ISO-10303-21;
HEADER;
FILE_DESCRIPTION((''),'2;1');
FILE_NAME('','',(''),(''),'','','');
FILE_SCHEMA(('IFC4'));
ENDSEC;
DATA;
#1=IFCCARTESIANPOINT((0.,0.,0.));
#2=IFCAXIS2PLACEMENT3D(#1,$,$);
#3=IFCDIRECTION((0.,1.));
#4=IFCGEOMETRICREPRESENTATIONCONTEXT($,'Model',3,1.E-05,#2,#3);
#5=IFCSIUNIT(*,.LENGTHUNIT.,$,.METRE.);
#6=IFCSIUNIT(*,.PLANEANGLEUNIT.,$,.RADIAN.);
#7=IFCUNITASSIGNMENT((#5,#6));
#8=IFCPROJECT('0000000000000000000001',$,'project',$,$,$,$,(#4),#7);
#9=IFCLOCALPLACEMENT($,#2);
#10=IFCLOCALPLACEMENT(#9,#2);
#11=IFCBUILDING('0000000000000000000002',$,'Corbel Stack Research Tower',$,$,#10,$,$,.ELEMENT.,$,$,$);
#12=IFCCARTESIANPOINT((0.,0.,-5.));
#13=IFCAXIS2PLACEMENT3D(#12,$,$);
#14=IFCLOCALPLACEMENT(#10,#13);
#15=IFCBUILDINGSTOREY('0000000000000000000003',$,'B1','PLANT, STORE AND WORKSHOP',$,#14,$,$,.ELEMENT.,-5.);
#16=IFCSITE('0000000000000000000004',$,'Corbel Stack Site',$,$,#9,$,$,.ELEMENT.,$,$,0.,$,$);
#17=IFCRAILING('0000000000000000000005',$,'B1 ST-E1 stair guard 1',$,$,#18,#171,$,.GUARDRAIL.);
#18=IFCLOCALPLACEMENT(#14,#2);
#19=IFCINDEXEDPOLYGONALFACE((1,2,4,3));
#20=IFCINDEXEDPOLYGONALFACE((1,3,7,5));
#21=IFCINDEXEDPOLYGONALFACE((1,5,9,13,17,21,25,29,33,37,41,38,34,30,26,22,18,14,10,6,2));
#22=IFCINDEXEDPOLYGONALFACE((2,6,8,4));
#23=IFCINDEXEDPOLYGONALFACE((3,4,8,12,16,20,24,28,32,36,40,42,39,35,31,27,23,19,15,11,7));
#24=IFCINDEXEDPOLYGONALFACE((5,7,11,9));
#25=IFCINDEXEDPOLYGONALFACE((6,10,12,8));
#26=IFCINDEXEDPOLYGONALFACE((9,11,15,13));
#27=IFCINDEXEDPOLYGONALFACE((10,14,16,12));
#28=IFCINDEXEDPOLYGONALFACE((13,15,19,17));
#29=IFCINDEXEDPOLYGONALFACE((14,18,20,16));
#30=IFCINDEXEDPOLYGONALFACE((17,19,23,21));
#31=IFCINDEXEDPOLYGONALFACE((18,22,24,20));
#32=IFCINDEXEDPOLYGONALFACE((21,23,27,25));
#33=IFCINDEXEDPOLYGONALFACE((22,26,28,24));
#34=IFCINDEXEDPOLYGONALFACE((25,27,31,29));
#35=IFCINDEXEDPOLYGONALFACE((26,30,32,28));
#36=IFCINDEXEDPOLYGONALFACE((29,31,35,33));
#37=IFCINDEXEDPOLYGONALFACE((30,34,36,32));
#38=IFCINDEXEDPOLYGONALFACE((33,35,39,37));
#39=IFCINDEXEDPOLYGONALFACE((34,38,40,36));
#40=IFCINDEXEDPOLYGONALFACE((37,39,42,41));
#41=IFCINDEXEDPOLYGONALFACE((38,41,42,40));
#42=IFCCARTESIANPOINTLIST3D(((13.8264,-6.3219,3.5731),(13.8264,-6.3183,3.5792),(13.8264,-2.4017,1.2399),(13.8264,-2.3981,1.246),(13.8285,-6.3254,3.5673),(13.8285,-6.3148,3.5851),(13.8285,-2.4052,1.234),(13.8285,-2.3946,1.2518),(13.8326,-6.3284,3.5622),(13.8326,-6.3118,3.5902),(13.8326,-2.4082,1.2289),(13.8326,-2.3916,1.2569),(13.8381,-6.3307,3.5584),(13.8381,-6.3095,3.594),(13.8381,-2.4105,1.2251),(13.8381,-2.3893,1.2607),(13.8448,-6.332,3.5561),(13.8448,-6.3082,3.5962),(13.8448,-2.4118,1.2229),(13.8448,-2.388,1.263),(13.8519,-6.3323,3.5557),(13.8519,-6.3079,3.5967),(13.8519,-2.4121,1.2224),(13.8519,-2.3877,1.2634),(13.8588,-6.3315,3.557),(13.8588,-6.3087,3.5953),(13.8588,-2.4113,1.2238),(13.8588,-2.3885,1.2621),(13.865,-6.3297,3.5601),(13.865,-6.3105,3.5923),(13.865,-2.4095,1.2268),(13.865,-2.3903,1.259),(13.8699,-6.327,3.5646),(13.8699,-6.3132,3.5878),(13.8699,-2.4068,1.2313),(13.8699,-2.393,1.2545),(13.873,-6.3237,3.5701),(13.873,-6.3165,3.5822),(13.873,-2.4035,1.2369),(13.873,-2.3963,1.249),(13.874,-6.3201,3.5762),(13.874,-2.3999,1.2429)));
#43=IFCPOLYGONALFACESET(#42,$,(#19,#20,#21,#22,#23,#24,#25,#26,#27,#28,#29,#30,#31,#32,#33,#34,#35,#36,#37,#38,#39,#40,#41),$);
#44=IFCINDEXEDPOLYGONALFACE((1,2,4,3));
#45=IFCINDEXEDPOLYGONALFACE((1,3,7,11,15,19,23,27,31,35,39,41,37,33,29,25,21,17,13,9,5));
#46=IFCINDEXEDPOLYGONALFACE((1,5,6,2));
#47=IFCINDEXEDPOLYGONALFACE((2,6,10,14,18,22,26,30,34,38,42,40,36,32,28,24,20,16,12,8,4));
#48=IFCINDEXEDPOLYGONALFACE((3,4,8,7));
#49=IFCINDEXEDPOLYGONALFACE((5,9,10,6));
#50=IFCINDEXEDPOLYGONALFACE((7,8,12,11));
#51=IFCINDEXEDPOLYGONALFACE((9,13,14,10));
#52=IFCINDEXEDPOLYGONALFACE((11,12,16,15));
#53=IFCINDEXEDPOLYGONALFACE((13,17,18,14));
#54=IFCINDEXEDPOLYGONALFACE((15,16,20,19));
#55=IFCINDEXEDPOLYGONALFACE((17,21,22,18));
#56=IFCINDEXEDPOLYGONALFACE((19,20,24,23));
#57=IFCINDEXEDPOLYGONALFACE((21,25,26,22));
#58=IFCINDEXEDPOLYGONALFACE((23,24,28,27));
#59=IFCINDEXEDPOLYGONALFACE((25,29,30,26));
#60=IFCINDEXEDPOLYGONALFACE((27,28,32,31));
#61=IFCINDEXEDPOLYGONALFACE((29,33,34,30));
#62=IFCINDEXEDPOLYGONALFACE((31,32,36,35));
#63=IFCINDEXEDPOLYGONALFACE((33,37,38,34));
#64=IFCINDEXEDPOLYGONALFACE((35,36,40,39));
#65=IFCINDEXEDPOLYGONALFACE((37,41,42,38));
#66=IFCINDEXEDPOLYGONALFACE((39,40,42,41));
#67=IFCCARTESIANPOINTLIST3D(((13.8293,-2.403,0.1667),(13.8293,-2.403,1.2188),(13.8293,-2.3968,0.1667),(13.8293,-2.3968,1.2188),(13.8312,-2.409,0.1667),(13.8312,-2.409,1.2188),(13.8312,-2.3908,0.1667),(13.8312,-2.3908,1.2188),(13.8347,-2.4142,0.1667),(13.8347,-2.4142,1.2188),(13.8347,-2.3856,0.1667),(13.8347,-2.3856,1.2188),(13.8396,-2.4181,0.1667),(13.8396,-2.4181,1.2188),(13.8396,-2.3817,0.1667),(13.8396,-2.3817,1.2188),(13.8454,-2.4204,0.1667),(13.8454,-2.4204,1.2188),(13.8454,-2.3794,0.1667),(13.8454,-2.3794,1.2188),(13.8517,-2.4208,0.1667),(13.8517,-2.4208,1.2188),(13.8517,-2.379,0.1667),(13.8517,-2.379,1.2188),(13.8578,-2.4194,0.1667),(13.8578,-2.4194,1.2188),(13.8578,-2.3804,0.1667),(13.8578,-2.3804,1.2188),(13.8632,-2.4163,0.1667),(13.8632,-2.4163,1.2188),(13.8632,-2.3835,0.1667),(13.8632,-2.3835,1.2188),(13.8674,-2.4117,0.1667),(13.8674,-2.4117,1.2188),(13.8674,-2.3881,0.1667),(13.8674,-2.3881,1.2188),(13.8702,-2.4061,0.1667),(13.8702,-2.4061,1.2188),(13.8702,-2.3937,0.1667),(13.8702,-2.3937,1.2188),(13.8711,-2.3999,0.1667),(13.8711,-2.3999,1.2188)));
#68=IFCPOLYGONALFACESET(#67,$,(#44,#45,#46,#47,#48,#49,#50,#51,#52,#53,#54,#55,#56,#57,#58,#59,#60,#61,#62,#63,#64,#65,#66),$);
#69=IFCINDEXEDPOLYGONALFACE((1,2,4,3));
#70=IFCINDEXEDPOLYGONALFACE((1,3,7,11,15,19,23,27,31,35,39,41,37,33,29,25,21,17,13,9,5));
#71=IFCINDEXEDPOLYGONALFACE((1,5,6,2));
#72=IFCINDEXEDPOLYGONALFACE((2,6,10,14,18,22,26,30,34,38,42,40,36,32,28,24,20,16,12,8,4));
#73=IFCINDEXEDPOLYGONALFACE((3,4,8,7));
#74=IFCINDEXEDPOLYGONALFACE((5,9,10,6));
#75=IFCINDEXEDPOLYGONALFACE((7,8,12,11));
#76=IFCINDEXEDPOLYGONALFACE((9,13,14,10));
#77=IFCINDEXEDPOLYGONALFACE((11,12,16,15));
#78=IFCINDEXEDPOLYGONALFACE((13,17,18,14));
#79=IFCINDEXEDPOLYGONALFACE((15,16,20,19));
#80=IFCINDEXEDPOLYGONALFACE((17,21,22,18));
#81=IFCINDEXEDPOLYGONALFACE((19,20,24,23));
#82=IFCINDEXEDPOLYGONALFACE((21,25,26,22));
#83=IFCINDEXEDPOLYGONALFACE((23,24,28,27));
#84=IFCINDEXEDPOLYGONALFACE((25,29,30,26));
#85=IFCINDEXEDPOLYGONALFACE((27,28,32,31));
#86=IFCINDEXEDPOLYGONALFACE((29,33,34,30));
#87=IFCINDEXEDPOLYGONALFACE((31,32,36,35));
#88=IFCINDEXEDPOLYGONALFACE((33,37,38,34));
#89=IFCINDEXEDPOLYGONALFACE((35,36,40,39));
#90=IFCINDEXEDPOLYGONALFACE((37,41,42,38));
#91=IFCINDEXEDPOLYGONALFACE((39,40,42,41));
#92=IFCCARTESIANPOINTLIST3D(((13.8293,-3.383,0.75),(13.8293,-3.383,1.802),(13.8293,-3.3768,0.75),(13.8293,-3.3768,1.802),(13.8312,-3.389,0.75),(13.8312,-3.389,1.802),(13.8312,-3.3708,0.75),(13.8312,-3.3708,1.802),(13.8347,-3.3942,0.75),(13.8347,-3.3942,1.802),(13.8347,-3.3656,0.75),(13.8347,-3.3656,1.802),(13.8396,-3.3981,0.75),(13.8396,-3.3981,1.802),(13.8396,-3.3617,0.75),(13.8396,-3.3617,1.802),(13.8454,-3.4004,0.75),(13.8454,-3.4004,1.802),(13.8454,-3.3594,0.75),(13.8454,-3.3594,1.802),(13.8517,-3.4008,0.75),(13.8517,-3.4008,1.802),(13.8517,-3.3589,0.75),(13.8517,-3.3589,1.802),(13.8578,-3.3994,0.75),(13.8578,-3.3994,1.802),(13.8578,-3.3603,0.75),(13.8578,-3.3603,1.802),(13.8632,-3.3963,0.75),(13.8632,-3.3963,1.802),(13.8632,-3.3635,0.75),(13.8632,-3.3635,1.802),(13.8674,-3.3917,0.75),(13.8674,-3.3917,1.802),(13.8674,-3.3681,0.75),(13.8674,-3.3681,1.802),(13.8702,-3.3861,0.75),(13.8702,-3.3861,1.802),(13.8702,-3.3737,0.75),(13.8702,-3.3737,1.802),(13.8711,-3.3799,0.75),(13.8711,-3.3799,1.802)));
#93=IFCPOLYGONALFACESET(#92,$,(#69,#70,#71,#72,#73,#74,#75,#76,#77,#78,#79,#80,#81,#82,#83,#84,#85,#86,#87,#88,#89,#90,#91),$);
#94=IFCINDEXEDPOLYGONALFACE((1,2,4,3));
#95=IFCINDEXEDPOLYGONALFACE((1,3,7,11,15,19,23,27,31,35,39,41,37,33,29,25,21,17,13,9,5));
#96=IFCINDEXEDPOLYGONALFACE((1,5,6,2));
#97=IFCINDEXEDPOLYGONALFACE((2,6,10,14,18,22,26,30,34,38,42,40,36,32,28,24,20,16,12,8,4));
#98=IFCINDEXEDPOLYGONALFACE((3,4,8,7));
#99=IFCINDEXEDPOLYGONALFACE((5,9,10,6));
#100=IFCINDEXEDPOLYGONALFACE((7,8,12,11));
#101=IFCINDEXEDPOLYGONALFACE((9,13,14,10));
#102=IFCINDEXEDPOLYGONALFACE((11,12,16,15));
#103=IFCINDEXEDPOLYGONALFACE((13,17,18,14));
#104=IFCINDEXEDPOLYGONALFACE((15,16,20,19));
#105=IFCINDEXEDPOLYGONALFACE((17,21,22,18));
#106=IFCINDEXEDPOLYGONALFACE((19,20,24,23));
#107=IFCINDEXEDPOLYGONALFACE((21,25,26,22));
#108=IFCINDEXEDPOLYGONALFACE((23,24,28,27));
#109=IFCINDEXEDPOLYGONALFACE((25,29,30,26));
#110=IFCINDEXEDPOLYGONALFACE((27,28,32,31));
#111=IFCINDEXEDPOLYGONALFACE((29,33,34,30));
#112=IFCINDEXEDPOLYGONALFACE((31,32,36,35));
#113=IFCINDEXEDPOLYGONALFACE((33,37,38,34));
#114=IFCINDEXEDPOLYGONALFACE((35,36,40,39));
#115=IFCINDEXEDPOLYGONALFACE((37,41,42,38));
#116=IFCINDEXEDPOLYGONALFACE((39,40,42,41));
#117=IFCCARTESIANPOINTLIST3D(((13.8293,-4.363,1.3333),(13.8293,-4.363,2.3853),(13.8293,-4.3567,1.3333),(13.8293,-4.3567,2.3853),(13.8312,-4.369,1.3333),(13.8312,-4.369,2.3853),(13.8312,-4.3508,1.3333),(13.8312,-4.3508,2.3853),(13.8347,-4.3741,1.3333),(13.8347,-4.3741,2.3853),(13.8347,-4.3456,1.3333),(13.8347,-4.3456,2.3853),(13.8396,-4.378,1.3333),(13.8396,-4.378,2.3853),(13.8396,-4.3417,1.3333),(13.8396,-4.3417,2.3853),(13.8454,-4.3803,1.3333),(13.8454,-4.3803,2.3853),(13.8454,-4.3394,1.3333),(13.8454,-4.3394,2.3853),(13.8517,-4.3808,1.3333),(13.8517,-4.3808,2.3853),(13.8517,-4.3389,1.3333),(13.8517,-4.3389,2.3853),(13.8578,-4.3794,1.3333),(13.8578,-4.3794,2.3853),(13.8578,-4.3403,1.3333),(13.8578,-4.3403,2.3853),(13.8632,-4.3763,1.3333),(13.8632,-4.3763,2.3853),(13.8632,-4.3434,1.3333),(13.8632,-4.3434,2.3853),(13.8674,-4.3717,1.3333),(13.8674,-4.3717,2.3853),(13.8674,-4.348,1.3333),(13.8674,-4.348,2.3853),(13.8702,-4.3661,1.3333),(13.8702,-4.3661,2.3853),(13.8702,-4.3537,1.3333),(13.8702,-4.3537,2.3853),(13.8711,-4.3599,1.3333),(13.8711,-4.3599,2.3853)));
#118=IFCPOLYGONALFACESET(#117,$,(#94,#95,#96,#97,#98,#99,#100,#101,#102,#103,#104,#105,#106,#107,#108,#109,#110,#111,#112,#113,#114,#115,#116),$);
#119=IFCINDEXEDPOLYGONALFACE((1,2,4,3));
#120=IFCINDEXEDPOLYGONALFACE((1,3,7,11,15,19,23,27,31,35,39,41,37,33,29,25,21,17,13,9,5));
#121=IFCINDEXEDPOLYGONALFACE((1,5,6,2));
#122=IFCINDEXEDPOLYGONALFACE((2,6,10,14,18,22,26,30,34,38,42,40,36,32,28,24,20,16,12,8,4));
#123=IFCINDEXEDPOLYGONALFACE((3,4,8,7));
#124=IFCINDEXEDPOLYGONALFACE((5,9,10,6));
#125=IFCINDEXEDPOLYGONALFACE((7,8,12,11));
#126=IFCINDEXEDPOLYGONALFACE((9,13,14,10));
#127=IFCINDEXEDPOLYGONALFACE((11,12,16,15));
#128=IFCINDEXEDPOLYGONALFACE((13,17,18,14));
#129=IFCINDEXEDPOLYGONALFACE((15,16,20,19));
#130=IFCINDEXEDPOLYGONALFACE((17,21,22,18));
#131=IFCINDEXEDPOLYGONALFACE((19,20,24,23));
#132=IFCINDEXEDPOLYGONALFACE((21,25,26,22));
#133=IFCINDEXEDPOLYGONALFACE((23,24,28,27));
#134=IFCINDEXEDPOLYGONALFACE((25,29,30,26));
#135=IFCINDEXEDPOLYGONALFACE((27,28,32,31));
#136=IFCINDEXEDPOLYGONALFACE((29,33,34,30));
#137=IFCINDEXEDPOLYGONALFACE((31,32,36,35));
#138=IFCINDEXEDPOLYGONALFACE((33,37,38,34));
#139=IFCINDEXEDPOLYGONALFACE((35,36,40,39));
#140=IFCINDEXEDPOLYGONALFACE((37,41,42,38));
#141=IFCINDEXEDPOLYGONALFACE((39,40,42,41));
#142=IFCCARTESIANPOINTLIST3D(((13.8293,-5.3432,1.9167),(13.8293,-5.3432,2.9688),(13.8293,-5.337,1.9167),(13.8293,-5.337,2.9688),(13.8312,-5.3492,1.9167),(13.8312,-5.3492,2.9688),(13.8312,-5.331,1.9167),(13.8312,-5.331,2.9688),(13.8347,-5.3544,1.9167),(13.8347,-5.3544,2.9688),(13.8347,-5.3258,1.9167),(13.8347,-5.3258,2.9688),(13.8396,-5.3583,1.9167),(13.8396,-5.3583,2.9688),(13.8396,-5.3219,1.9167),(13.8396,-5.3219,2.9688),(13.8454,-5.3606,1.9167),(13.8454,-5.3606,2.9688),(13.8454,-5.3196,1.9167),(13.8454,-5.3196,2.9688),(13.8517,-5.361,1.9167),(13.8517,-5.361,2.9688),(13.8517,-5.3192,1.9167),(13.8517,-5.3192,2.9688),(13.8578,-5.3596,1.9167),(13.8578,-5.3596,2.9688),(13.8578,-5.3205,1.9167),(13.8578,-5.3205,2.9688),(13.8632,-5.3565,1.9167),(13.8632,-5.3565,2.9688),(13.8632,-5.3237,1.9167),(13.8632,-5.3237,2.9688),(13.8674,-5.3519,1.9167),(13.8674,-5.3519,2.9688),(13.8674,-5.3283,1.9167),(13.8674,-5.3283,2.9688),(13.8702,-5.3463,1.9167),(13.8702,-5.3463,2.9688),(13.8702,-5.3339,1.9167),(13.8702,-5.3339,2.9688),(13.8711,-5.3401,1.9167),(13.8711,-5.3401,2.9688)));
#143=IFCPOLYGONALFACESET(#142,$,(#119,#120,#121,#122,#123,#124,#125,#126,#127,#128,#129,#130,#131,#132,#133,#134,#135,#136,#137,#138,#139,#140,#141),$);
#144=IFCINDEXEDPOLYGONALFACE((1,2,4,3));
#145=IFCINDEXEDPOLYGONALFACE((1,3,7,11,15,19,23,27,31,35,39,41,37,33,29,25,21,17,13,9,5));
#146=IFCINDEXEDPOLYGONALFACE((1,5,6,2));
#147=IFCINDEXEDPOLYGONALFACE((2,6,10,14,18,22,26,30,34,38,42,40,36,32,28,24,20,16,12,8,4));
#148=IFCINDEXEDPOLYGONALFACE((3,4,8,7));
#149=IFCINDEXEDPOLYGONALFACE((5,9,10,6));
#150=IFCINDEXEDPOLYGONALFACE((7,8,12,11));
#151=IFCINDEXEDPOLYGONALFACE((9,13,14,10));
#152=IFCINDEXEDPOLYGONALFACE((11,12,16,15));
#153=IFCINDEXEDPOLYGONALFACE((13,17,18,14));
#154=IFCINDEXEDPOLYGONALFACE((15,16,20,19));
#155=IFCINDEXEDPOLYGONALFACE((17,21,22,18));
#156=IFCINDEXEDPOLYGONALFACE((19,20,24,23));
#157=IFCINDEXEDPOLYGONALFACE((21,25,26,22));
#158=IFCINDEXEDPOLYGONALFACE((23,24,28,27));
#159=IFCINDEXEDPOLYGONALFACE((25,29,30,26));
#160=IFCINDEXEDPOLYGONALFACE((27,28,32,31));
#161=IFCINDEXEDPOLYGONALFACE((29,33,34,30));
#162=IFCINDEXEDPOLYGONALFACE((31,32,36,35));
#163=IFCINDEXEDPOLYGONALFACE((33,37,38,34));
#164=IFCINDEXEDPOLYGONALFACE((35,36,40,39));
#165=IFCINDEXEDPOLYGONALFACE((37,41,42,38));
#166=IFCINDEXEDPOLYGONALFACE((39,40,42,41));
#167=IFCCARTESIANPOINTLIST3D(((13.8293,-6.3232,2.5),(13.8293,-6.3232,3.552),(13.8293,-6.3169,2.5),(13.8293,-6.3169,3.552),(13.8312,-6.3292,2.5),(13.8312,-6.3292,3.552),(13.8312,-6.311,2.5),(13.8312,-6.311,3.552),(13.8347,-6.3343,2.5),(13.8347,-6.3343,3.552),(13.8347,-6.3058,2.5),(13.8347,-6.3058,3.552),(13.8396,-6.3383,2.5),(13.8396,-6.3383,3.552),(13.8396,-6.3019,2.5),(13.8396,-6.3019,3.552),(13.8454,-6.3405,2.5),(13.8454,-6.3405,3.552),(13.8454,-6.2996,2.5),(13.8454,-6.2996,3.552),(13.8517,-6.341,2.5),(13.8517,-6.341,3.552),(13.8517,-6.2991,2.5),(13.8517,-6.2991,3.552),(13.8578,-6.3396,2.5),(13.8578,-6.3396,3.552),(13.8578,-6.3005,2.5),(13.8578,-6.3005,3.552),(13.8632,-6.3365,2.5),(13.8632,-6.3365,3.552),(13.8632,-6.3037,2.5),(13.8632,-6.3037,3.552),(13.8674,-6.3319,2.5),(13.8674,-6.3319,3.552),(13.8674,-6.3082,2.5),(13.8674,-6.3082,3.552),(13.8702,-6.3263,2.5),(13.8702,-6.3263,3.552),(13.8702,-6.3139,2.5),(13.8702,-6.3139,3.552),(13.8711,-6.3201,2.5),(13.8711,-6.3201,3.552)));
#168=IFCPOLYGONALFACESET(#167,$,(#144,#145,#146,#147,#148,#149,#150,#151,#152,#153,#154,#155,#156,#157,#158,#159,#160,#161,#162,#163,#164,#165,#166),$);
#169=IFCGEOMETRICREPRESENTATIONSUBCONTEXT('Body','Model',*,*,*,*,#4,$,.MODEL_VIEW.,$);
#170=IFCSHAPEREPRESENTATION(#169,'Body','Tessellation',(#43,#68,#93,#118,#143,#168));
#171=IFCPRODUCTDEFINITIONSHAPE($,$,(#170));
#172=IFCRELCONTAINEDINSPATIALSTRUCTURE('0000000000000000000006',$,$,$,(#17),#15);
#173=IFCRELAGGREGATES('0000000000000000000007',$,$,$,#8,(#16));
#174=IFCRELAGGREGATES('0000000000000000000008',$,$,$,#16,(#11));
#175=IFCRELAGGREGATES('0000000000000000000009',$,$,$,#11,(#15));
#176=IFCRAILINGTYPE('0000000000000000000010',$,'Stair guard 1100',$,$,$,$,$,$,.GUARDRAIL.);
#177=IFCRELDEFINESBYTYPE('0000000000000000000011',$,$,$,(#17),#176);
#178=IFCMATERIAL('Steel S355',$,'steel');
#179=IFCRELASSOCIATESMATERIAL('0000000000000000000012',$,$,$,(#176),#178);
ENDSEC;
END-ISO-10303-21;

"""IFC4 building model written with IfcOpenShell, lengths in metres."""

from ifc_helpers import new_model, si_unit, direction, frame, origin, origin_2d, place, context, subcontext, project, spatial, circle, extrude, material, type_object, element, save


model = new_model("IFC4")

# Units and contexts
model_context = context("Model", 3, precision=1e-05, world=origin(), true_north=direction((0.0, 1.0)))
body_context = subcontext(model_context, "Body", "Model", "MODEL_VIEW")
ifc_project = project(units=[si_unit("LENGTHUNIT", "METRE"), si_unit("PLANEANGLEUNIT", "RADIAN")], contexts=[model_context])

# Site, building, storey
site_placement = place(None, origin())
site = spatial("IfcSite", under=ifc_project, at=site_placement, Name="Corbel Stack Site", CompositionType="ELEMENT", RefElevation=0.0)
building_placement = place(site_placement, origin())
building = spatial("IfcBuilding", under=site, at=building_placement, Name="Corbel Stack Research Tower", CompositionType="ELEMENT")
storey_placement = place(building_placement, frame((0.0, 0.0, -5.0)))
storey = spatial("IfcBuildingStorey", under=building, at=storey_placement, Name="B1", Description="PLANT, STORE AND WORKSHOP", CompositionType="ELEMENT", Elevation=-5.0)

# Railing
ifc_material_1 = material(Name="Steel S355", Category="steel")
railing_type_1 = type_object("IfcRailingType", Name="Stair guard 1100", PredefinedType="GUARDRAIL", material=ifc_material_1)
railing_1_placement = place(storey_placement, frame((13.8501, -2.3999, 0.1667)))
element("IfcRailing", 1, at=railing_1_placement, inside=storey, type_object=railing_type_1, Name="B1 ST-E1 stair guard 1", PredefinedType="GUARDRAIL", context=body_context, shape_type="SweptSolid", body=[
    extrude(circle(Radius=0.0239, at=origin_2d()), frame((0.0, 0.0, 1.0762), z_axis=(0.0, -0.85931, 0.511455), x_axis=(1.0, 0.0, 0.0)), (0.0, 0.0, 1.0), 4.562),
    extrude(circle(Radius=0.021, at=origin_2d()), origin(), (0.0, 0.0, 1.0), 1.052),
    extrude(circle(Radius=0.021, at=origin_2d()), frame((0.0, -0.98, 0.5833)), (0.0, 0.0, 1.0), 1.052),
    extrude(circle(Radius=0.021, at=origin_2d()), frame((0.0, -1.96, 1.1665)), (0.0, 0.0, 1.0), 1.052),
    extrude(circle(Radius=0.021, at=origin_2d()), frame((0.0, -2.9402, 1.75)), (0.0, 0.0, 1.0), 1.052),
    extrude(circle(Radius=0.021, at=origin_2d()), frame((0.0, -3.9202, 2.3333)), (0.0, 0.0, 1.0), 1.052),
])

save(model, "model.ifc")
